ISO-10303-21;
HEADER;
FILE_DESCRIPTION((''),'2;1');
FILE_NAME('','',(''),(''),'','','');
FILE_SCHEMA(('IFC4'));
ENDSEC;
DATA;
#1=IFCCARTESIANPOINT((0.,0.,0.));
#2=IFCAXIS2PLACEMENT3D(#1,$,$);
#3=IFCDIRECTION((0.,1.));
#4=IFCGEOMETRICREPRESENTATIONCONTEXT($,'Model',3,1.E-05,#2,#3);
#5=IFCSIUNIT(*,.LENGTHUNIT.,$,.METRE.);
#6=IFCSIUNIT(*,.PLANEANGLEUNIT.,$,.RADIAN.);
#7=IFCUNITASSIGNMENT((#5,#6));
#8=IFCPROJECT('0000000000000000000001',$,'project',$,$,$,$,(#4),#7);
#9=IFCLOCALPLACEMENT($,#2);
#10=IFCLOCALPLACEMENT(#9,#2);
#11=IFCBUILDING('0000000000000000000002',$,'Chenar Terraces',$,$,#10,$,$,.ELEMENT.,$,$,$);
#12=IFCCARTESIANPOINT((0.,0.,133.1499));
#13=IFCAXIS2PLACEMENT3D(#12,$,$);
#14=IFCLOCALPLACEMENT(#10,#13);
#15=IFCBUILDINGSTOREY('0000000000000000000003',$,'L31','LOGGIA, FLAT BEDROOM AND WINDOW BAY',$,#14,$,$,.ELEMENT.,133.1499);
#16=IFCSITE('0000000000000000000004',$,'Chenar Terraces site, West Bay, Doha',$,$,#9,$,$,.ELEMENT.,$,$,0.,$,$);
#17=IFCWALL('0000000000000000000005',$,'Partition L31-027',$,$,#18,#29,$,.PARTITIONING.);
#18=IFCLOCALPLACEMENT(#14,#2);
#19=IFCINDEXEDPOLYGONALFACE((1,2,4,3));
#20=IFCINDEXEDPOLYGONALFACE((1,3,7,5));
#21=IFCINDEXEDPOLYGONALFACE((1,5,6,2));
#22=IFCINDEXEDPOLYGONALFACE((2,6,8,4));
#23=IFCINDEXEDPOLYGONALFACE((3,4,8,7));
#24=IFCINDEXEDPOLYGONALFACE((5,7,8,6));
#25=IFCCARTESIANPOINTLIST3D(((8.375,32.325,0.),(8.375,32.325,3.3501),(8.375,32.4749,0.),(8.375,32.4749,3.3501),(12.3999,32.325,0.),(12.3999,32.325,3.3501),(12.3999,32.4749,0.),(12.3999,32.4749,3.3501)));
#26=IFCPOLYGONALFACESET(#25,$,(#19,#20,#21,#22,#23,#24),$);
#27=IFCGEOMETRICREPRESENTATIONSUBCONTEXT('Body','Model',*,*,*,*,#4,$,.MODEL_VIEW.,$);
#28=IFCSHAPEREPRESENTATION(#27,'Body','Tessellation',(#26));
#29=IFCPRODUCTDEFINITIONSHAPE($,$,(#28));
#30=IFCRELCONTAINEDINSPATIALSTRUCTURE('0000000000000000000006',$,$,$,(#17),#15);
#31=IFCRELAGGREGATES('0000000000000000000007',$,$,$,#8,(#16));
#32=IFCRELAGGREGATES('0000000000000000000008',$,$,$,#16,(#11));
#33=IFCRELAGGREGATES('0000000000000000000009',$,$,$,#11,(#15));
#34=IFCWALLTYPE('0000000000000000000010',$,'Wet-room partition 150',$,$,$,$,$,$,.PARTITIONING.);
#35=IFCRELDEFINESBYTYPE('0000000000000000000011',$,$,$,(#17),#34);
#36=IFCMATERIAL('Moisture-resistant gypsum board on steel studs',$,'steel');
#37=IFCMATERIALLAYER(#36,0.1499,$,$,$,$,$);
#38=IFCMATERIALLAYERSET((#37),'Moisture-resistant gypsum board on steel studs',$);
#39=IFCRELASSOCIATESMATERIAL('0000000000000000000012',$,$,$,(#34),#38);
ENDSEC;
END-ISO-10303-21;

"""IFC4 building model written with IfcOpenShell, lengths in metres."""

from ifc_helpers import new_model, si_unit, direction, frame, frame_2d, origin, place, context, subcontext, project, spatial, rectangle, extrude, material, layer, layer_set, type_object, element, save


model = new_model("IFC4")

# Units and contexts
model_context = context("Model", 3, precision=1e-05, world=origin(), true_north=direction((0.0, 1.0)))
body_context = subcontext(model_context, "Body", "Model", "MODEL_VIEW")
ifc_project = project(units=[si_unit("LENGTHUNIT", "METRE"), si_unit("PLANEANGLEUNIT", "RADIAN")], contexts=[model_context])

# Site, building, storey
site_placement = place(None, origin())
site = spatial("IfcSite", under=ifc_project, at=site_placement, Name="Chenar Terraces site, West Bay, Doha", CompositionType="ELEMENT", RefElevation=0.0)
building_placement = place(site_placement, origin())
building = spatial("IfcBuilding", under=site, at=building_placement, Name="Chenar Terraces", CompositionType="ELEMENT")
storey_placement = place(building_placement, frame((0.0, 0.0, 133.1499)))
storey = spatial("IfcBuildingStorey", under=building, at=storey_placement, Name="L31", Description="LOGGIA, FLAT BEDROOM AND WINDOW BAY", CompositionType="ELEMENT", Elevation=133.1499)

# Wall
ifc_material_1 = material(Name="Moisture-resistant gypsum board on steel studs", Category="steel")
ifc_layer_1 = layer(ifc_material_1, 0.1499)
ifc_layer_set_1 = layer_set([ifc_layer_1], Name="Moisture-resistant gypsum board on steel studs")
wall_type_1 = type_object("IfcWallType", Name="Wet-room partition 150", PredefinedType="PARTITIONING", material=ifc_layer_set_1)
for number, where, z_axis, x_axis, name in (
    (1, (8.375, 32.3999, 0.0), (0.0, 0.0, 1.0), (1.0, 0.0, 0.0), "Partition L31-027"),
):
    element("IfcWall", number, at=place(storey_placement, frame(where, z_axis=z_axis, x_axis=x_axis)), inside=storey, type_object=wall_type_1, Name=name, PredefinedType="PARTITIONING", context=body_context, shape_type="SweptSolid", body=[
        extrude(rectangle(XDim=4.0249, YDim=0.1499, at=frame_2d((2.0125, 0.0))), origin(), (0.0, 0.0, 1.0), 3.3501),
    ])

save(model, "model.ifc")
